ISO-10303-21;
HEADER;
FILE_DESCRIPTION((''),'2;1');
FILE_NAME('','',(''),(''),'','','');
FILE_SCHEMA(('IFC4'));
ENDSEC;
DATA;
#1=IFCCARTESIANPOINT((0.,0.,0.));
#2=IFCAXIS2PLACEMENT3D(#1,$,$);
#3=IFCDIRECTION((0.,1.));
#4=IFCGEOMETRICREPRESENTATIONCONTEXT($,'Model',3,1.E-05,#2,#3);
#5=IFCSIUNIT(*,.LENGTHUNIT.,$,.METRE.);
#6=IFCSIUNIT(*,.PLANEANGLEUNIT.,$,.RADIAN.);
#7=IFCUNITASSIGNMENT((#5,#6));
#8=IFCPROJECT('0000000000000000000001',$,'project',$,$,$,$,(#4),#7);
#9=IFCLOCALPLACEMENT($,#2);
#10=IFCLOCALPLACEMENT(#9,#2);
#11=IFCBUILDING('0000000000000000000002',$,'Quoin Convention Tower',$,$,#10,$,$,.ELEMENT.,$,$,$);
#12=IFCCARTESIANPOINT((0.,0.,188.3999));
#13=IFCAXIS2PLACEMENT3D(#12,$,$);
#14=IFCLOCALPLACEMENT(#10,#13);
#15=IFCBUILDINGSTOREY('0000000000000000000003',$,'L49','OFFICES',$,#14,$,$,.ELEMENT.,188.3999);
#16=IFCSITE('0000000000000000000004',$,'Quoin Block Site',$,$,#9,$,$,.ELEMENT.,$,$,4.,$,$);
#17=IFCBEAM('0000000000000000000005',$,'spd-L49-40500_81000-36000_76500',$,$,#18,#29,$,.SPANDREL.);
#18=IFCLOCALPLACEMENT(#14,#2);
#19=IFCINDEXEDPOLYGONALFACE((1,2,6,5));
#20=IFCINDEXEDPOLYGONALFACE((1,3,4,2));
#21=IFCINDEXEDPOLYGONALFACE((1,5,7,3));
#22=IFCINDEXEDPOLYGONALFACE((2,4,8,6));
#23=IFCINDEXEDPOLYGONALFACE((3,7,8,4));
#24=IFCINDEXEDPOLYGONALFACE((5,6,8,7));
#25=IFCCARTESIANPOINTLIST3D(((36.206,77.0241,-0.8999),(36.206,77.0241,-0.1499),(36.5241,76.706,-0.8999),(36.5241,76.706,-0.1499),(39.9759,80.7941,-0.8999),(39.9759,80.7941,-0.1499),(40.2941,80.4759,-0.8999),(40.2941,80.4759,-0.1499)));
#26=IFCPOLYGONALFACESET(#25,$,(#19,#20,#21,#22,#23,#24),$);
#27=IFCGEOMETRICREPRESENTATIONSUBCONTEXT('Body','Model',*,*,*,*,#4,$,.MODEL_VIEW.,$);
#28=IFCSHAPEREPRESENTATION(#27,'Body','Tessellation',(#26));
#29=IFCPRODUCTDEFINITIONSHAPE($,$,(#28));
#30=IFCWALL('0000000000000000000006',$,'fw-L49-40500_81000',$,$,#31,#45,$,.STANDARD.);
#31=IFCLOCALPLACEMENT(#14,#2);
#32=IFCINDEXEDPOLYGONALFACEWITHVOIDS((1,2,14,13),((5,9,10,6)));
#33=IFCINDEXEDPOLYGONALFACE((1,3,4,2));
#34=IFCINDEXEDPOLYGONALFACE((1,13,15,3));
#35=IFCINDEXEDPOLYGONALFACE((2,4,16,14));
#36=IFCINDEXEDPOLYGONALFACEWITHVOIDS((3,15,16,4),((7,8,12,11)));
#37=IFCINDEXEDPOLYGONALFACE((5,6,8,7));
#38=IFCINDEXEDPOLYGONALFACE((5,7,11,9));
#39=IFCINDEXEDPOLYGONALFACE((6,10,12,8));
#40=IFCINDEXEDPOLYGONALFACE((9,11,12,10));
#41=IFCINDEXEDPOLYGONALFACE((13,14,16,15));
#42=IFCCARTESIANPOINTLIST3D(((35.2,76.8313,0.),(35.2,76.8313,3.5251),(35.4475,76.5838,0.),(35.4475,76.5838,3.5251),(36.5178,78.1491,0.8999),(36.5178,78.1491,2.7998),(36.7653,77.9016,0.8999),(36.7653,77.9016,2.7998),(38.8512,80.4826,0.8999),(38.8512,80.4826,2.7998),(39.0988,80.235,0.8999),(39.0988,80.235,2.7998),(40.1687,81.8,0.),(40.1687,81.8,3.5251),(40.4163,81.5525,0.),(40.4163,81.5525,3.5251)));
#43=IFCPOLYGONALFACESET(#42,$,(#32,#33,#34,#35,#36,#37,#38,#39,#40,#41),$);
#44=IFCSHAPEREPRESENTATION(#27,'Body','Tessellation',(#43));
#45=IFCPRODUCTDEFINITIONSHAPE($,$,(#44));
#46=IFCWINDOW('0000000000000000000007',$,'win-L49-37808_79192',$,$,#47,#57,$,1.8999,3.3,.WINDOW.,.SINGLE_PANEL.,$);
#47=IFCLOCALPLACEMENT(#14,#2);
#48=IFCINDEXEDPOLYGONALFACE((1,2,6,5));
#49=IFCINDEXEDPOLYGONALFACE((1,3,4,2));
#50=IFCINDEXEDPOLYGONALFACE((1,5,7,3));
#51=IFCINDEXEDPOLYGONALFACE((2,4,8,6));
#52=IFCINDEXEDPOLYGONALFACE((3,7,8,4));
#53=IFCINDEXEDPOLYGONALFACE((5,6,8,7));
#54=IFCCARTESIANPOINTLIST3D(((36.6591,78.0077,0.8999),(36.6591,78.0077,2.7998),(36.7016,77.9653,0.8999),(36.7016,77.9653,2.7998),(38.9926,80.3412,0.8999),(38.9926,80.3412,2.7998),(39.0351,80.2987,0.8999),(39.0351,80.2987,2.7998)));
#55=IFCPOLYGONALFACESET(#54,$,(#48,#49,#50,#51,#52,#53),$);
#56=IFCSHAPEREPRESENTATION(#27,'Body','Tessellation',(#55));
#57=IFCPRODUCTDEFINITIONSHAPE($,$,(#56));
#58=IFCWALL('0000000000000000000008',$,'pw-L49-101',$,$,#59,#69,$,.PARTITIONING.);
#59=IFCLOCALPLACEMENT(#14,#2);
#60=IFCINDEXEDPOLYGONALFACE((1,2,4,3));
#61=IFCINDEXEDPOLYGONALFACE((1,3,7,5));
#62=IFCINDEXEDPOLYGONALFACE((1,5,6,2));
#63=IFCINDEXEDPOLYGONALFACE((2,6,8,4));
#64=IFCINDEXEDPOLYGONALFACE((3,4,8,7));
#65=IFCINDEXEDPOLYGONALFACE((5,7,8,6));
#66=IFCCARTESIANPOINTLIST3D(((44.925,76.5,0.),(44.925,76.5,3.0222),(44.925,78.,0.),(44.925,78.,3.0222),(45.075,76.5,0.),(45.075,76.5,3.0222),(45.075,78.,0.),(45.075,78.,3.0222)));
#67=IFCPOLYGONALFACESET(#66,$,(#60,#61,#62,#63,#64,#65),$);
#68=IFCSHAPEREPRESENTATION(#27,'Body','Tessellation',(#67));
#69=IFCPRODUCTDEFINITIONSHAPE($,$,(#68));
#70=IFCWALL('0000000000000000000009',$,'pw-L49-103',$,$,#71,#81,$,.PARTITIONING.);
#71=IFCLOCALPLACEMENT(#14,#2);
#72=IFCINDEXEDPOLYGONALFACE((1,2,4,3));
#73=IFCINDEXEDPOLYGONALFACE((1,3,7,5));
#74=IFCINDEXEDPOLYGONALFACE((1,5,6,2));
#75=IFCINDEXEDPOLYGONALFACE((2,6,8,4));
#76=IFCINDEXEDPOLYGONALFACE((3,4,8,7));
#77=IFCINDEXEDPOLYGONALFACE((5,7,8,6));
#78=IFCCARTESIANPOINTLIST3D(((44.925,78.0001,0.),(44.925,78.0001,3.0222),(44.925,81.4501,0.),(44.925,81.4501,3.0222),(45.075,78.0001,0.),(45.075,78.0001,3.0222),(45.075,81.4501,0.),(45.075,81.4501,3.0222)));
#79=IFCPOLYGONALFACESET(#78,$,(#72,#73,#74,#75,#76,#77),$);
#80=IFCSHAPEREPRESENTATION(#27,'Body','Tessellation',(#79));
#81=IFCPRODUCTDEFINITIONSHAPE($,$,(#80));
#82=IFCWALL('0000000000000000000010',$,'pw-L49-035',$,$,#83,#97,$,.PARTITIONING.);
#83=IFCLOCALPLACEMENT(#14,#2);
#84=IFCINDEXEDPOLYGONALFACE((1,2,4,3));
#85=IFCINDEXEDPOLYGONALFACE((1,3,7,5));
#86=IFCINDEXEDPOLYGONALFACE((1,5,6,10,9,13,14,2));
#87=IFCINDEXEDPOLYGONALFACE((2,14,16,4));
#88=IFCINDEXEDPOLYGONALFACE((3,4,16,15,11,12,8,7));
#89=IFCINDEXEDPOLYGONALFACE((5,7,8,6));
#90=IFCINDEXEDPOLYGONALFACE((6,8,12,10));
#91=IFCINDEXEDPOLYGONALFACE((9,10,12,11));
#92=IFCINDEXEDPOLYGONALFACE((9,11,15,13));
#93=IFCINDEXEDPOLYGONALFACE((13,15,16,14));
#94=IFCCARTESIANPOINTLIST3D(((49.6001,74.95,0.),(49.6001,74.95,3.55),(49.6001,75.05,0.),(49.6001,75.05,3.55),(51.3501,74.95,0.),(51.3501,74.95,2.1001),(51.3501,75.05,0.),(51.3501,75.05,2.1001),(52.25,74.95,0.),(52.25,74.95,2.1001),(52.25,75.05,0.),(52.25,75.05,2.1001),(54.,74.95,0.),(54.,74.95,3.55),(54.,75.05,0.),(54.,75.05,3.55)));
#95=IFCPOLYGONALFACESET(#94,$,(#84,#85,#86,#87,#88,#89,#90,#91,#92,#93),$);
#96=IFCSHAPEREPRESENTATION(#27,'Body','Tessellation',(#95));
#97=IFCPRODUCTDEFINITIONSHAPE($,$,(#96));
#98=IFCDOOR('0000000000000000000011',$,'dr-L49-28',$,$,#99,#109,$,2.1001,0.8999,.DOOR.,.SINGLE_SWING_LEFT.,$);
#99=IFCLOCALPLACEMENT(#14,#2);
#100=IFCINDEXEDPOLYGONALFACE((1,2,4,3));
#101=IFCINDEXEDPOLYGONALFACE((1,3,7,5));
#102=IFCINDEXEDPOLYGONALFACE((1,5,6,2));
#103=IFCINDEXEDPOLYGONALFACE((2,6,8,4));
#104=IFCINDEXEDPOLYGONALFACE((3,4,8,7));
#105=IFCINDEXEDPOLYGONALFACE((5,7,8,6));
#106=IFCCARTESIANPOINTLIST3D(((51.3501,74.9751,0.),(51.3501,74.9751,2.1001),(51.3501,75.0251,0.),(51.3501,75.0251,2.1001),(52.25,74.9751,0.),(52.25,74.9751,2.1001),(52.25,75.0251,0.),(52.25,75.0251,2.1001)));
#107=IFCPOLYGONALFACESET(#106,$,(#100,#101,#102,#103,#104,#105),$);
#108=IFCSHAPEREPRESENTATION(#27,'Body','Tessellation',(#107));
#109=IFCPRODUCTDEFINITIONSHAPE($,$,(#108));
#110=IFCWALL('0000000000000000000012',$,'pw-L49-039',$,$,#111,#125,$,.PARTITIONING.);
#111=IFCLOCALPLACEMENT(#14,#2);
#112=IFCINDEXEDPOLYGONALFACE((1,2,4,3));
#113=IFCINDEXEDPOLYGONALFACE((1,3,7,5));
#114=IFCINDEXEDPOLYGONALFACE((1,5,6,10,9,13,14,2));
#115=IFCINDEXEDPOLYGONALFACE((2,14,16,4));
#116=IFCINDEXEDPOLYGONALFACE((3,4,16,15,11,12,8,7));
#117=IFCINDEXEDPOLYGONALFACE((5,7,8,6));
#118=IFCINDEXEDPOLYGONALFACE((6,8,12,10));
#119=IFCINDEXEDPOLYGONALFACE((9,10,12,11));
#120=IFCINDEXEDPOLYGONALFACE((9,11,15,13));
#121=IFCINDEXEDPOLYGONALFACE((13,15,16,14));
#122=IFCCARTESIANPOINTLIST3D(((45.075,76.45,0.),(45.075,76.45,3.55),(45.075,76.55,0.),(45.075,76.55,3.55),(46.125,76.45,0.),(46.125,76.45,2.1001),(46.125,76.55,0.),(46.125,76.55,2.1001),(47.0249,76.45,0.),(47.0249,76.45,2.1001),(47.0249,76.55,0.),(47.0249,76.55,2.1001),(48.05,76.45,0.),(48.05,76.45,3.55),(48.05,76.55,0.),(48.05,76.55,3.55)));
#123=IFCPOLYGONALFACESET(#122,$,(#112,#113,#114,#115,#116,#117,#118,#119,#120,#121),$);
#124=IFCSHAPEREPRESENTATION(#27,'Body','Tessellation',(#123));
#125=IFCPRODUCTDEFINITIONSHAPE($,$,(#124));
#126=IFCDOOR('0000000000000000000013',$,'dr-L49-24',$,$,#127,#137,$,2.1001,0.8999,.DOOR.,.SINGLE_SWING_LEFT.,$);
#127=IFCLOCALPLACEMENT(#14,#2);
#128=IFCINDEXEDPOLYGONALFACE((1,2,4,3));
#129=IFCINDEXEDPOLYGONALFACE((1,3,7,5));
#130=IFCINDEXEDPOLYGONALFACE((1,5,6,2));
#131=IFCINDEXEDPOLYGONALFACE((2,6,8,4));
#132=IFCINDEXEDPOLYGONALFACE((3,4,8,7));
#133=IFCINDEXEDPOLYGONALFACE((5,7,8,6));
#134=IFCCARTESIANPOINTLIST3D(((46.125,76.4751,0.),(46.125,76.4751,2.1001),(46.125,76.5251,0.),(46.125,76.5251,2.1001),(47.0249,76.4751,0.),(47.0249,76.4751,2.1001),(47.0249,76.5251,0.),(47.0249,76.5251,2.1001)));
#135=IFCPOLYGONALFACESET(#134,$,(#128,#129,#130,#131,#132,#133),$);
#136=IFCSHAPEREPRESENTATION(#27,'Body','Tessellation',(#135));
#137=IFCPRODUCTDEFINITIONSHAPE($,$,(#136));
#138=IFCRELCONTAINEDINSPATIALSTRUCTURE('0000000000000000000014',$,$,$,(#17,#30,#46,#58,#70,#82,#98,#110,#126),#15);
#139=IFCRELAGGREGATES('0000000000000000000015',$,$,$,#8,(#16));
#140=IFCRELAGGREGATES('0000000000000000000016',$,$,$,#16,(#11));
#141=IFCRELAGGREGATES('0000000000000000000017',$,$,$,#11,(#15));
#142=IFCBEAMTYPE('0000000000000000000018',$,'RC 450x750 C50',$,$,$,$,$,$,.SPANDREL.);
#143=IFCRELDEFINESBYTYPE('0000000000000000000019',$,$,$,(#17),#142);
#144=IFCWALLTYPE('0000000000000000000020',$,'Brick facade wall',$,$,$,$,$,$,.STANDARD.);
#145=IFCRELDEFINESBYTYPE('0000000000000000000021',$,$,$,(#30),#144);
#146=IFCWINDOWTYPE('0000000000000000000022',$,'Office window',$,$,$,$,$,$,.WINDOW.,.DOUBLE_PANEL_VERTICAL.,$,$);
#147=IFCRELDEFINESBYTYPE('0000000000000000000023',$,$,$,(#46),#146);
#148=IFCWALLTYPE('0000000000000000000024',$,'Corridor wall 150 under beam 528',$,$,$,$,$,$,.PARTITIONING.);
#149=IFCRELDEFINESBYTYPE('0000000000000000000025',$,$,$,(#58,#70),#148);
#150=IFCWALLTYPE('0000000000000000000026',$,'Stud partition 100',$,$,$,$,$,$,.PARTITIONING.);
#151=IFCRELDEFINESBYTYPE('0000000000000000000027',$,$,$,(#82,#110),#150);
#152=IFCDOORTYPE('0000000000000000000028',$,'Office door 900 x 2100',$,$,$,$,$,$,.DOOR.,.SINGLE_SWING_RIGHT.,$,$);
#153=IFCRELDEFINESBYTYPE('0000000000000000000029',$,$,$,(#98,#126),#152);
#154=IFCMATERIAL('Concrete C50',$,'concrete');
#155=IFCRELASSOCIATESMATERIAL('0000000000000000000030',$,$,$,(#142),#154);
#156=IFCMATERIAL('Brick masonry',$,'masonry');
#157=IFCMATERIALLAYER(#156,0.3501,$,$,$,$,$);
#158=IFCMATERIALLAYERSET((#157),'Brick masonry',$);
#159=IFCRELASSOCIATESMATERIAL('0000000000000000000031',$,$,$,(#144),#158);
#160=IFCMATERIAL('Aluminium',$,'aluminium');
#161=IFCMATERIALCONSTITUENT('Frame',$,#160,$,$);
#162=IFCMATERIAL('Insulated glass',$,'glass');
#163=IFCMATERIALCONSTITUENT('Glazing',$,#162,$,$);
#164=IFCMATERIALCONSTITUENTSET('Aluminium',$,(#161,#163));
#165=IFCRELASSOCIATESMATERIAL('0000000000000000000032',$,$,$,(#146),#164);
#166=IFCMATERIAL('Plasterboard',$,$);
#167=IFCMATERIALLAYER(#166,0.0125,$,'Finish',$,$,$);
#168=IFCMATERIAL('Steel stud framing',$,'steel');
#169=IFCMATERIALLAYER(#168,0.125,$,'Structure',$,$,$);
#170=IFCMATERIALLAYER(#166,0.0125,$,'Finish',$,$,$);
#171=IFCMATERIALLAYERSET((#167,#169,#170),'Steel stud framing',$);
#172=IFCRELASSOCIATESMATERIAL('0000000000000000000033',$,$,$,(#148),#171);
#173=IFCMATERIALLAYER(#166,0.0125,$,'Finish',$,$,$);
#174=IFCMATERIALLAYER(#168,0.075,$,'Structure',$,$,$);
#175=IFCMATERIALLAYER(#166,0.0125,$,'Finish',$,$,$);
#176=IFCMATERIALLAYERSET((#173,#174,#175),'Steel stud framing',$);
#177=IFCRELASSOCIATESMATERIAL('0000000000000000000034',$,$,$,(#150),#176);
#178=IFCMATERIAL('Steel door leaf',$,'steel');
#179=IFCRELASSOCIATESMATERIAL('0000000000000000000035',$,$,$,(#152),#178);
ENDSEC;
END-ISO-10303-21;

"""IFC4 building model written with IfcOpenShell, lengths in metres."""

from ifc_helpers import new_model, si_unit, direction, frame, frame_2d, origin, origin_2d, place, context, subcontext, project, spatial, rectangle, extrude, material, layer, layer_set, constituent, constituent_set, material_profile, profile_set, type_object, element, fill, save


model = new_model("IFC4")

# Units and contexts
model_context = context("Model", 3, precision=1e-05, world=origin(), true_north=direction((0.0, 1.0)))
body_context = subcontext(model_context, "Body", "Model", "MODEL_VIEW")
ifc_project = project(units=[si_unit("LENGTHUNIT", "METRE"), si_unit("PLANEANGLEUNIT", "RADIAN")], contexts=[model_context])

# Site, building, storey
site_placement = place(None, origin())
site = spatial("IfcSite", under=ifc_project, at=site_placement, Name="Quoin Block Site", CompositionType="ELEMENT", RefElevation=4.0)
building_placement = place(site_placement, origin())
building = spatial("IfcBuilding", under=site, at=building_placement, Name="Quoin Convention Tower", CompositionType="ELEMENT")
storey_placement = place(building_placement, frame((0.0, 0.0, 188.3999)))
storey = spatial("IfcBuildingStorey", under=building, at=storey_placement, Name="L49", Description="OFFICES", CompositionType="ELEMENT", Elevation=188.3999)

# Shared definitions
ifc_material_1 = material(Name="Concrete C50", Category="concrete")

# Beam
ifc_material_profile_1 = material_profile(ifc_material_1, rectangle(XDim=0.45, YDim=0.75, at=origin_2d()), Name="RC 450x750")
ifc_profile_set_1 = profile_set([ifc_material_profile_1], Name="Concrete C50")
beam_type_1 = type_object("IfcBeamType", Name="RC 450x750 C50", PredefinedType="SPANDREL", material=ifc_profile_set_1)
beam_1_placement = place(storey_placement, frame((40.135, 80.635, -0.5249), z_axis=(-0.707107, -0.707107, 0.0), x_axis=(0.707107, -0.707107, 0.0)))
element("IfcBeam", 1, at=beam_1_placement, inside=storey, type_object=beam_type_1, Name="spd-L49-40500_81000-36000_76500", PredefinedType="SPANDREL", context=body_context, shape_type="SweptSolid", body=[
    extrude(rectangle(XDim=0.45, YDim=0.75, at=origin_2d()), origin(), (0.0, 0.0, 1.0), 5.3315),
])

# Wall, opening, window
ifc_material_2 = material(Name="Brick masonry", Category="masonry")
ifc_layer_1 = layer(ifc_material_2, 0.3501)
ifc_layer_set_1 = layer_set([ifc_layer_1], Name="Brick masonry")
wall_type_1 = type_object("IfcWallType", Name="Brick facade wall", PredefinedType="STANDARD", material=ifc_layer_set_1)
wall_1_placement = place(storey_placement, frame((40.2925, 81.6763, 0.0), z_axis=(0.0, 0.0, 1.0), x_axis=(-0.707107, -0.707107, 0.0)))
wall_1 = element("IfcWall", 2, at=wall_1_placement, inside=storey, type_object=wall_type_1, Name="fw-L49-40500_81000", PredefinedType="STANDARD", context=body_context, shape_type="SweptSolid", body=[
    extrude(rectangle(XDim=7.0269, YDim=0.3501, at=frame_2d((3.5134, 0.0))), origin(), (0.0, 0.0, 1.0), 3.5251),
])
opening_1_placement = place(wall_1_placement, frame((1.8633, 0.0, 0.8999)))
opening_1 = element("IfcOpeningElement", 3, at=opening_1_placement, cuts=wall_1, PredefinedType="OPENING", context=body_context, shape_type="SweptSolid", body=[
    extrude(rectangle(XDim=3.3, YDim=1.8999, at=frame_2d((1.6499, 0.95))), frame((0.0, 0.1851, 0.0), z_axis=(0.0, -1.0, 0.0), x_axis=(1.0, 0.0, 0.0)), (0.0, 0.0, 1.0), 0.3701),
])
ifc_material_3 = material(Name="Aluminium", Category="aluminium")
ifc_constituent_1 = constituent(ifc_material_3, Name="Frame")
ifc_material_4 = material(Name="Insulated glass", Category="glass")
ifc_constituent_2 = constituent(ifc_material_4, Name="Glazing")
ifc_constituent_set = constituent_set(constituents=[ifc_constituent_1, ifc_constituent_2], Name="Aluminium")
window_type = type_object("IfcWindowType", Name="Office window", PartitioningType="DOUBLE_PANEL_VERTICAL", PredefinedType="WINDOW", material=ifc_constituent_set)
window_placement = place(opening_1_placement, origin())
window = element("IfcWindow", 4, at=window_placement, inside=storey, type_object=window_type, Name="win-L49-37808_79192", OverallHeight=1.8999, OverallWidth=3.3, PartitioningType="SINGLE_PANEL", PredefinedType="WINDOW", context=body_context, shape_type="SweptSolid", body=[
    extrude(rectangle(XDim=3.3, YDim=1.8999, at=frame_2d((1.6499, 0.95))), frame((0.0, 0.085, 0.0), z_axis=(0.0, -1.0, 0.0), x_axis=(1.0, 0.0, 0.0)), (0.0, 0.0, 1.0), 0.0601),
])
fill(opening_1, window)

# Walls
ifc_material_5 = material(Name="Plasterboard")
ifc_layer_2 = layer(ifc_material_5, 0.0125, Name="Finish")
ifc_material_6 = material(Name="Steel stud framing", Category="steel")
ifc_layer_3 = layer(ifc_material_6, 0.125, Name="Structure")
ifc_layer_4 = layer(ifc_material_5, 0.0125, Name="Finish")
ifc_layer_set_2 = layer_set([ifc_layer_2, ifc_layer_3, ifc_layer_4], Name="Steel stud framing")
wall_type_2 = type_object("IfcWallType", Name="Corridor wall 150 under beam 528", PredefinedType="PARTITIONING", material=ifc_layer_set_2)
wall_2_placement = place(storey_placement, frame((45.0, 76.5, 0.0), z_axis=(0.0, 0.0, 1.0), x_axis=(0.0, 1.0, 0.0)))
element("IfcWall", 5, at=wall_2_placement, inside=storey, type_object=wall_type_2, Name="pw-L49-101", PredefinedType="PARTITIONING", context=body_context, shape_type="SweptSolid", body=[
    extrude(rectangle(XDim=1.5, YDim=0.1499, at=frame_2d((0.75, 0.0))), origin(), (0.0, 0.0, 1.0), 3.0222),
])
wall_3_placement = place(storey_placement, frame((45.0, 78.0, 0.0), z_axis=(0.0, 0.0, 1.0), x_axis=(0.0, 1.0, 0.0)))
element("IfcWall", 6, at=wall_3_placement, inside=storey, type_object=wall_type_2, Name="pw-L49-103", PredefinedType="PARTITIONING", context=body_context, shape_type="SweptSolid", body=[
    extrude(rectangle(XDim=3.45, YDim=0.1499, at=frame_2d((1.7251, 0.0))), origin(), (0.0, 0.0, 1.0), 3.0222),
])

# Walls, openings, doors
ifc_layer_5 = layer(ifc_material_5, 0.0125, Name="Finish")
ifc_layer_6 = layer(ifc_material_6, 0.075, Name="Structure")
ifc_layer_7 = layer(ifc_material_5, 0.0125, Name="Finish")
ifc_layer_set_3 = layer_set([ifc_layer_5, ifc_layer_6, ifc_layer_7], Name="Steel stud framing")
wall_type_3 = type_object("IfcWallType", Name="Stud partition 100", PredefinedType="PARTITIONING", material=ifc_layer_set_3)
wall_4_placement = place(storey_placement, frame((49.6001, 75.0, 0.0), z_axis=(0.0, 0.0, 1.0), x_axis=(1.0, 0.0, 0.0)))
wall_4 = element("IfcWall", 7, at=wall_4_placement, inside=storey, type_object=wall_type_3, Name="pw-L49-035", PredefinedType="PARTITIONING", context=body_context, shape_type="SweptSolid", body=[
    extrude(rectangle(XDim=4.3999, YDim=0.1001, at=frame_2d((2.2, 0.0))), origin(), (0.0, 0.0, 1.0), 3.55),
])
opening_2_placement = place(wall_4_placement, frame((1.75, 0.0, 0.0)))
opening_2 = element("IfcOpeningElement", 8, at=opening_2_placement, cuts=wall_4, PredefinedType="OPENING", context=body_context, shape_type="SweptSolid", body=[
    extrude(rectangle(XDim=0.8999, YDim=2.1001, at=frame_2d((0.45, 1.05))), frame((0.0, 0.0601, 0.0), z_axis=(0.0, -1.0, 0.0), x_axis=(1.0, 0.0, 0.0)), (0.0, 0.0, 1.0), 0.1201),
])
ifc_material_7 = material(Name="Steel door leaf", Category="steel")
door_type = type_object("IfcDoorType", Name="Office door 900 x 2100", OperationType="SINGLE_SWING_RIGHT", PredefinedType="DOOR", material=ifc_material_7)
door_1_placement = place(opening_2_placement, frame((0.8999, 0.0, 0.0), z_axis=(0.0, 0.0, 1.0), x_axis=(-1.0, 0.0, 0.0)))
door_1 = element("IfcDoor", 9, at=door_1_placement, inside=storey, type_object=door_type, Name="dr-L49-28", OperationType="SINGLE_SWING_LEFT", OverallHeight=2.1001, OverallWidth=0.8999, PredefinedType="DOOR", context=body_context, shape_type="SweptSolid", body=[
    extrude(rectangle(XDim=0.8999, YDim=2.1001, at=frame_2d((0.45, 1.05))), frame((0.0, 0.0249, 0.0), z_axis=(0.0, -1.0, 0.0), x_axis=(1.0, 0.0, 0.0)), (0.0, 0.0, 1.0), 0.05),
])
fill(opening_2, door_1)
wall_5_placement = place(storey_placement, frame((45.075, 76.5, 0.0), z_axis=(0.0, 0.0, 1.0), x_axis=(1.0, 0.0, 0.0)))
wall_5 = element("IfcWall", 10, at=wall_5_placement, inside=storey, type_object=wall_type_3, Name="pw-L49-039", PredefinedType="PARTITIONING", context=body_context, shape_type="SweptSolid", body=[
    extrude(rectangle(XDim=2.9751, YDim=0.1001, at=frame_2d((1.4875, 0.0))), origin(), (0.0, 0.0, 1.0), 3.55),
])
opening_3_placement = place(wall_5_placement, frame((1.05, 0.0, 0.0)))
opening_3 = element("IfcOpeningElement", 11, at=opening_3_placement, cuts=wall_5, PredefinedType="OPENING", context=body_context, shape_type="SweptSolid", body=[
    extrude(rectangle(XDim=0.8999, YDim=2.1001, at=frame_2d((0.45, 1.05))), frame((0.0, 0.0601, 0.0), z_axis=(0.0, -1.0, 0.0), x_axis=(1.0, 0.0, 0.0)), (0.0, 0.0, 1.0), 0.1201),
])
door_2_placement = place(opening_3_placement, frame((0.8999, 0.0, 0.0), z_axis=(0.0, 0.0, 1.0), x_axis=(-1.0, 0.0, 0.0)))
door_2 = element("IfcDoor", 12, at=door_2_placement, inside=storey, type_object=door_type, Name="dr-L49-24", OperationType="SINGLE_SWING_LEFT", OverallHeight=2.1001, OverallWidth=0.8999, PredefinedType="DOOR", context=body_context, shape_type="SweptSolid", body=[
    extrude(rectangle(XDim=0.8999, YDim=2.1001, at=frame_2d((0.45, 1.05))), frame((0.0, 0.0249, 0.0), z_axis=(0.0, -1.0, 0.0), x_axis=(1.0, 0.0, 0.0)), (0.0, 0.0, 1.0), 0.05),
])
fill(opening_3, door_2)

save(model, "model.ifc")
